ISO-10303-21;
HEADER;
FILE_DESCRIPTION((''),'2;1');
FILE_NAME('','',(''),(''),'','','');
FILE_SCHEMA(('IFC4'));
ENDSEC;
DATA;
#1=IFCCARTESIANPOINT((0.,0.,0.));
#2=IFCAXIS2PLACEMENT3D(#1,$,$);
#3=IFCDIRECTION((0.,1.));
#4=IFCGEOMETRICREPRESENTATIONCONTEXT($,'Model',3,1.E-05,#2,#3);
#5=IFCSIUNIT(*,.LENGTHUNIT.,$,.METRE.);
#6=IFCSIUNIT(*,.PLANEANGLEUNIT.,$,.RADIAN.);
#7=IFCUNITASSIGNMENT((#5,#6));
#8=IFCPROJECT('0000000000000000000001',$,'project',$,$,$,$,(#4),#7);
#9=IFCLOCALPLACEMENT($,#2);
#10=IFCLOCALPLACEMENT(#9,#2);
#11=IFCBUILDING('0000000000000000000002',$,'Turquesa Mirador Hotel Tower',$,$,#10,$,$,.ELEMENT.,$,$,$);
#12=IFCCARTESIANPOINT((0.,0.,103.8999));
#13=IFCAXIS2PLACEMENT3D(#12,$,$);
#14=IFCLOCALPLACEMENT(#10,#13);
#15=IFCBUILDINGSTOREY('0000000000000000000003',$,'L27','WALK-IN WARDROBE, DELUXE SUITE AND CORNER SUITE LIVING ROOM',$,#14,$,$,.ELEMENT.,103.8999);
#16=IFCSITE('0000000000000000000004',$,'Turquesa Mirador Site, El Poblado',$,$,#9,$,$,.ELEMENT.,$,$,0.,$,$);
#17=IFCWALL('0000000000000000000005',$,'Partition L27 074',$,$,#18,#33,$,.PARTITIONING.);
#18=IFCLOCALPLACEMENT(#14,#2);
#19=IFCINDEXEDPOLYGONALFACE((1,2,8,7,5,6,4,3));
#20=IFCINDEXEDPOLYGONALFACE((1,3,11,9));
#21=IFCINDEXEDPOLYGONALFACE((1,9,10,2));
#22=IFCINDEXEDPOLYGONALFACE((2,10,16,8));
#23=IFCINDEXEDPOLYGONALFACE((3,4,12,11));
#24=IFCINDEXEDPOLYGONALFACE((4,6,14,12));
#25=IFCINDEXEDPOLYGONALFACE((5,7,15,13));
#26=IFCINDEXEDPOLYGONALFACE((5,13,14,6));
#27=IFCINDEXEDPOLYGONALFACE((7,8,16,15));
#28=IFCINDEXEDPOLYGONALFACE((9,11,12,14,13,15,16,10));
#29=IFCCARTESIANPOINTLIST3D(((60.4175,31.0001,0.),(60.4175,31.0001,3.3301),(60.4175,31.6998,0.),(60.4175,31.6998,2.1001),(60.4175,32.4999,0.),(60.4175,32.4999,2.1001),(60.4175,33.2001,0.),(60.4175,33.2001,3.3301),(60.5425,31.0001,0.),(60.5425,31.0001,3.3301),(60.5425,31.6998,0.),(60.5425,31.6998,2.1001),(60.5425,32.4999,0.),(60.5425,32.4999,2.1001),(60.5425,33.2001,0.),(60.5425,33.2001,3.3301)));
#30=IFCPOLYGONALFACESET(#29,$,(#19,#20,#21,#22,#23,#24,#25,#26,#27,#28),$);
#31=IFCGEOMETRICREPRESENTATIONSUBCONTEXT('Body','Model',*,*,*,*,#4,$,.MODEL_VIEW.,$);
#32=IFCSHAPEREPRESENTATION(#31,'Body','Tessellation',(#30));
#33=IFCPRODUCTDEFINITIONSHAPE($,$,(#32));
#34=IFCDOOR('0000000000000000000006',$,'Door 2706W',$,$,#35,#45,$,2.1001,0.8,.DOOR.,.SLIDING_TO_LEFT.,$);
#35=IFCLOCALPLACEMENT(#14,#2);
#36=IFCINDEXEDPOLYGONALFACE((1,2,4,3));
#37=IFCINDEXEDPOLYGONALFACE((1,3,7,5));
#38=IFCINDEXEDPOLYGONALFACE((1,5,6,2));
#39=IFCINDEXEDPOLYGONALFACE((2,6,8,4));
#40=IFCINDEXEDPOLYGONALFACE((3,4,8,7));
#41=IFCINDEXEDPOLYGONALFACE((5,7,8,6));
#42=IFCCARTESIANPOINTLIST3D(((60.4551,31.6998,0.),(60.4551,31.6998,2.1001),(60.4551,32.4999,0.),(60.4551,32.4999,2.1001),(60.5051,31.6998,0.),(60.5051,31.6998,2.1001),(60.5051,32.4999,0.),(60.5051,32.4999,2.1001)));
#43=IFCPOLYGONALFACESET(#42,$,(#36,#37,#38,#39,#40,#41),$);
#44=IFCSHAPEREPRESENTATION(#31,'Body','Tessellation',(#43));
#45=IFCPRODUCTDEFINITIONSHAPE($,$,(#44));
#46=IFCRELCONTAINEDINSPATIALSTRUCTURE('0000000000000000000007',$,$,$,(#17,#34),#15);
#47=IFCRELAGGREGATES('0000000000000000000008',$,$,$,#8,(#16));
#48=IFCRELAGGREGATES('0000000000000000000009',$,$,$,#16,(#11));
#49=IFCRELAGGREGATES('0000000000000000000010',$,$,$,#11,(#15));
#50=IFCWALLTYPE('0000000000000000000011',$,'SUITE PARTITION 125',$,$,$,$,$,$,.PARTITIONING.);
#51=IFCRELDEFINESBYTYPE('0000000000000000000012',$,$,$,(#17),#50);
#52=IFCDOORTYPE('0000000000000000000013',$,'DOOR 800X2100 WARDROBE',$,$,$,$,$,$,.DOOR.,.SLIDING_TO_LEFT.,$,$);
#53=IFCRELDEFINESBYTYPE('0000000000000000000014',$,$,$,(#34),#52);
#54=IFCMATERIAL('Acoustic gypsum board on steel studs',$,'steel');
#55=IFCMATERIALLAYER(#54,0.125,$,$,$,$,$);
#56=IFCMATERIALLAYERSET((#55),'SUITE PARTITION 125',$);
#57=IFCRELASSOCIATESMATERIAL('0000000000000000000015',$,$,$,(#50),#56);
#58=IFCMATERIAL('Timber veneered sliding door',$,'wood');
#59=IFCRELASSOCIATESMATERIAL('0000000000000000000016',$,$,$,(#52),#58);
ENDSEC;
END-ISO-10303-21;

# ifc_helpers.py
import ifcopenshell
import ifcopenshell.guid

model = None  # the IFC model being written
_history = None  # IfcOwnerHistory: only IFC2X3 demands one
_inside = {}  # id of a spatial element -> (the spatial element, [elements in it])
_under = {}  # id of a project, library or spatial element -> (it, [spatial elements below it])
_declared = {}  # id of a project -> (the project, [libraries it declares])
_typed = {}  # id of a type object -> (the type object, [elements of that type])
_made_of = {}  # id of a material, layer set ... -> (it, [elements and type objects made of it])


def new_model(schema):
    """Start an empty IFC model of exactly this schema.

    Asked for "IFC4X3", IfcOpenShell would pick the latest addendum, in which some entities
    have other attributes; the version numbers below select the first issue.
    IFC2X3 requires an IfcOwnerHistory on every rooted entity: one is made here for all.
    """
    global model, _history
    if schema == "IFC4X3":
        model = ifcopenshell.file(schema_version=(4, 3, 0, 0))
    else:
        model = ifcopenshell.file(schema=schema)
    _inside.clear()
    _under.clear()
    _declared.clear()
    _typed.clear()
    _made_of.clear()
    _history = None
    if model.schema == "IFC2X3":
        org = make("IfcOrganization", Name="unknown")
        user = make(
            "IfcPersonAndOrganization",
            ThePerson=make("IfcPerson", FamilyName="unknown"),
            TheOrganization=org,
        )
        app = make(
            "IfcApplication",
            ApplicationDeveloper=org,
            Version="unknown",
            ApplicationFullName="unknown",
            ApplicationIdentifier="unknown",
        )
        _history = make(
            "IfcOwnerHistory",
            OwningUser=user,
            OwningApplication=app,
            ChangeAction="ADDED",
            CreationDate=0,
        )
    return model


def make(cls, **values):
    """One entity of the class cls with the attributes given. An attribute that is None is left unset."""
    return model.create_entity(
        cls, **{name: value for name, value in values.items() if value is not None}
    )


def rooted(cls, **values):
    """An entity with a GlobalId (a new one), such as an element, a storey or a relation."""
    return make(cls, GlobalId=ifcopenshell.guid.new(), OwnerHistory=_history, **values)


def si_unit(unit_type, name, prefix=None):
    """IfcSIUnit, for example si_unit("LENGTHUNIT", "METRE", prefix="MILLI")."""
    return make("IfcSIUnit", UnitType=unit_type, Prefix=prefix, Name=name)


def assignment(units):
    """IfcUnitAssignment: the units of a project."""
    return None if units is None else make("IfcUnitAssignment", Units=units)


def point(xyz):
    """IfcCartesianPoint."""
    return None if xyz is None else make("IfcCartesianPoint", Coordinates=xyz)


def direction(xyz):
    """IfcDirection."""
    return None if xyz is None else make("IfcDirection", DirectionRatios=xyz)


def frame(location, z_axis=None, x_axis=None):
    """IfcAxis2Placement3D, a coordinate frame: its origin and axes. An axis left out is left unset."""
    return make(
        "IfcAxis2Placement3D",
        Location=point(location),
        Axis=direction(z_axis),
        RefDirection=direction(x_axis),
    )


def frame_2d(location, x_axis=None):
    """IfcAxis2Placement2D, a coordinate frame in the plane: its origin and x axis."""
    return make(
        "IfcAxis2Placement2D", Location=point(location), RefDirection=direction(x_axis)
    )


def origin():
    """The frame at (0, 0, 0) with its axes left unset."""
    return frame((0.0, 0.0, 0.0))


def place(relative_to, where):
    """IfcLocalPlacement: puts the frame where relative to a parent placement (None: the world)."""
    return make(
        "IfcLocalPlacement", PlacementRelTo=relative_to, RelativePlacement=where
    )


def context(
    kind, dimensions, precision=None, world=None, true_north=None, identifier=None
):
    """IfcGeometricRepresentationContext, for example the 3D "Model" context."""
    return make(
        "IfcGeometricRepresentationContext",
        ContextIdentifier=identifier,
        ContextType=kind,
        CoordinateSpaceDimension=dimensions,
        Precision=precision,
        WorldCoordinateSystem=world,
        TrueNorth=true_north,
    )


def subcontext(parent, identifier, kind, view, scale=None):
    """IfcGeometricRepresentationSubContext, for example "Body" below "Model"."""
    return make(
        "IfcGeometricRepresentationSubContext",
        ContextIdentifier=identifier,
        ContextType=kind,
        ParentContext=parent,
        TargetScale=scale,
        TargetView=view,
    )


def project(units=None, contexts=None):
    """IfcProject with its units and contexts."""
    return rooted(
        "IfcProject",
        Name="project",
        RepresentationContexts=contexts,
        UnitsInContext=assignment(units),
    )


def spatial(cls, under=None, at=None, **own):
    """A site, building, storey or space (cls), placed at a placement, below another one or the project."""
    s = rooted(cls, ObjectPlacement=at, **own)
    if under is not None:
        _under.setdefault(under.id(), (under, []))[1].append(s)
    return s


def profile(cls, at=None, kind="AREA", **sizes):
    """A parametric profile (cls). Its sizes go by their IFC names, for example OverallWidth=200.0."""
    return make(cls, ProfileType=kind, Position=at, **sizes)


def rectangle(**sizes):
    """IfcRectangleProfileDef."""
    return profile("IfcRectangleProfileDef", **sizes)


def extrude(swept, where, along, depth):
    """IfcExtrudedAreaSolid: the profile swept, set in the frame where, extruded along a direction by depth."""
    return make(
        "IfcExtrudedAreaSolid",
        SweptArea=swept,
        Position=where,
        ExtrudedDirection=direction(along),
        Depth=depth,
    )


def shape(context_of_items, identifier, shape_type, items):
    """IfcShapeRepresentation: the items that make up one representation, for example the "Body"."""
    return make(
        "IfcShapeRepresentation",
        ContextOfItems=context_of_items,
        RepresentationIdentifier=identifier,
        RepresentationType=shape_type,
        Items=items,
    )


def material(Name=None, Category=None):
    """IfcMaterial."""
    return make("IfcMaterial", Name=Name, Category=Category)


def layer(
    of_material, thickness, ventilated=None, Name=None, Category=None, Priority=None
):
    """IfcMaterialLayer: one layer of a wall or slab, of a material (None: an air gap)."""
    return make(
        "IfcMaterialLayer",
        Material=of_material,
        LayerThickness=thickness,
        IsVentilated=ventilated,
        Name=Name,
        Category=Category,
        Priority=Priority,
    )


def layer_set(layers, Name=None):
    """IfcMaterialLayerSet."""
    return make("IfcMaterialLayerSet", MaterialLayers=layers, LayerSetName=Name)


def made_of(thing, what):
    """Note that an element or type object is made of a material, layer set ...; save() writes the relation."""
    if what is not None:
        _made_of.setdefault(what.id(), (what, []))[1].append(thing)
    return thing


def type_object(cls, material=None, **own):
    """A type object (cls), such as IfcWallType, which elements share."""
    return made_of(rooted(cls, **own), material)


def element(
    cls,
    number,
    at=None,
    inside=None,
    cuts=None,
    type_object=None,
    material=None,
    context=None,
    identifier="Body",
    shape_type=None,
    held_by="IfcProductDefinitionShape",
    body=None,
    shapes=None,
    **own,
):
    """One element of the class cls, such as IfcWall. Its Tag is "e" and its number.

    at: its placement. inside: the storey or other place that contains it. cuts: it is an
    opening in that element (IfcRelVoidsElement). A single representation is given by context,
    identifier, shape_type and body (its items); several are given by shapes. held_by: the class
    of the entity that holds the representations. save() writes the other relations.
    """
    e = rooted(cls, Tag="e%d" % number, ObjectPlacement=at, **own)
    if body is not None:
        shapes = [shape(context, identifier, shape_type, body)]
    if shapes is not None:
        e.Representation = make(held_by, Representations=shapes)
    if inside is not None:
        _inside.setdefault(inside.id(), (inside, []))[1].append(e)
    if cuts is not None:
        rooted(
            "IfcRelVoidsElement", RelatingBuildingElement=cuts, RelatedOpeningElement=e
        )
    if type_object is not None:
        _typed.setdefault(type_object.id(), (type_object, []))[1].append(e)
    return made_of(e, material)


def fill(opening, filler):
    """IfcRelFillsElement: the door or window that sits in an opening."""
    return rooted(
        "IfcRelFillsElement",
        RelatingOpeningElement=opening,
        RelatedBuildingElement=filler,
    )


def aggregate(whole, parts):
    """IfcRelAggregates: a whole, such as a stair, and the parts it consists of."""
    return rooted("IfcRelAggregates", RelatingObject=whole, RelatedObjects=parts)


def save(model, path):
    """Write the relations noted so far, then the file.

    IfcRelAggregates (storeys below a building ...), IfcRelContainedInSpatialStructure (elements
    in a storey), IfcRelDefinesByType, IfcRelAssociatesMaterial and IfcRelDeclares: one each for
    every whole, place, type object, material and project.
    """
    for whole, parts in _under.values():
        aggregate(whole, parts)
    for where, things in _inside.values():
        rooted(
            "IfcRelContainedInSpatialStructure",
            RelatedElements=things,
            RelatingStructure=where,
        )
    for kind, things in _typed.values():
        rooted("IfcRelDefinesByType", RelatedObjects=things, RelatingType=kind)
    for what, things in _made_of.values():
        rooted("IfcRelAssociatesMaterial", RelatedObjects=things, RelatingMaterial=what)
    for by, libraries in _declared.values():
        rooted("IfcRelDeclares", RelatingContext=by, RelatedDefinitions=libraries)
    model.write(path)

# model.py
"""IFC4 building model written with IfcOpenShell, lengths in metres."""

from ifc_helpers import new_model, si_unit, direction, frame, frame_2d, origin, place, context, subcontext, project, spatial, rectangle, extrude, material, layer, layer_set, type_object, element, fill, save


model = new_model("IFC4")

# Units and contexts
model_context = context("Model", 3, precision=1e-05, world=origin(), true_north=direction((0.0, 1.0)))
body_context = subcontext(model_context, "Body", "Model", "MODEL_VIEW")
ifc_project = project(units=[si_unit("LENGTHUNIT", "METRE"), si_unit("PLANEANGLEUNIT", "RADIAN")], contexts=[model_context])

# Site, building, storey
site_placement = place(None, origin())
site = spatial("IfcSite", under=ifc_project, at=site_placement, Name="Turquesa Mirador Site, El Poblado", CompositionType="ELEMENT", RefElevation=0.0)
building_placement = place(site_placement, origin())
building = spatial("IfcBuilding", under=site, at=building_placement, Name="Turquesa Mirador Hotel Tower", CompositionType="ELEMENT")
storey_placement = place(building_placement, frame((0.0, 0.0, 103.8999)))
storey = spatial("IfcBuildingStorey", under=building, at=storey_placement, Name="L27", Description="WALK-IN WARDROBE, DELUXE SUITE AND CORNER SUITE LIVING ROOM", CompositionType="ELEMENT", Elevation=103.8999)

# Shared definitions
ifc_material_1 = material(Name="Acoustic gypsum board on steel studs", Category="steel")
ifc_layer_1 = layer(ifc_material_1, 0.125)
ifc_layer_set_1 = layer_set([ifc_layer_1], Name="SUITE PARTITION 125")
wall_type_1 = type_object("IfcWallType", Name="SUITE PARTITION 125", PredefinedType="PARTITIONING", material=ifc_layer_set_1)

# Wall, opening, door
wall_1_placement = place(storey_placement, frame((60.48, 31.0, 0.0), z_axis=(0.0, 0.0, 1.0), x_axis=(0.0, 1.0, 0.0)))
wall_1 = element("IfcWall", 1, at=wall_1_placement, inside=storey, type_object=wall_type_1, Name="Partition L27 074", PredefinedType="PARTITIONING", context=body_context, shape_type="SweptSolid", body=[
    extrude(rectangle(XDim=2.2, YDim=0.125, at=frame_2d((1.1001, 0.0))), origin(), (0.0, 0.0, 1.0), 3.3301),
])
opening_1_placement = place(wall_1_placement, frame((0.7, 0.0, 0.0)))
opening_1 = element("IfcOpeningElement", 2, at=opening_1_placement, cuts=wall_1, PredefinedType="OPENING", context=body_context, shape_type="SweptSolid", body=[
    extrude(rectangle(XDim=0.8, YDim=2.1001, at=frame_2d((0.3999, 1.05))), frame((0.0, 0.0725, 0.0), z_axis=(0.0, -1.0, 0.0), x_axis=(1.0, 0.0, 0.0)), (0.0, 0.0, 1.0), 0.145),
])
ifc_material_2 = material(Name="Timber veneered sliding door", Category="wood")
door_type_1 = type_object("IfcDoorType", Name="DOOR 800X2100 WARDROBE", OperationType="SLIDING_TO_LEFT", PredefinedType="DOOR", material=ifc_material_2)
door_1_placement = place(opening_1_placement, origin())
door_1 = element("IfcDoor", 3, at=door_1_placement, inside=storey, type_object=door_type_1, Name="Door 2706W", OperationType="SLIDING_TO_LEFT", OverallHeight=2.1001, OverallWidth=0.8, PredefinedType="DOOR", context=body_context, shape_type="SweptSolid", body=[
    extrude(rectangle(XDim=0.8, YDim=2.1001, at=frame_2d((0.3999, 1.05))), frame((0.0, 0.0249, 0.0), z_axis=(0.0, -1.0, 0.0), x_axis=(1.0, 0.0, 0.0)), (0.0, 0.0, 1.0), 0.05),
])
fill(opening_1, door_1)

save(model, "model.ifc")
